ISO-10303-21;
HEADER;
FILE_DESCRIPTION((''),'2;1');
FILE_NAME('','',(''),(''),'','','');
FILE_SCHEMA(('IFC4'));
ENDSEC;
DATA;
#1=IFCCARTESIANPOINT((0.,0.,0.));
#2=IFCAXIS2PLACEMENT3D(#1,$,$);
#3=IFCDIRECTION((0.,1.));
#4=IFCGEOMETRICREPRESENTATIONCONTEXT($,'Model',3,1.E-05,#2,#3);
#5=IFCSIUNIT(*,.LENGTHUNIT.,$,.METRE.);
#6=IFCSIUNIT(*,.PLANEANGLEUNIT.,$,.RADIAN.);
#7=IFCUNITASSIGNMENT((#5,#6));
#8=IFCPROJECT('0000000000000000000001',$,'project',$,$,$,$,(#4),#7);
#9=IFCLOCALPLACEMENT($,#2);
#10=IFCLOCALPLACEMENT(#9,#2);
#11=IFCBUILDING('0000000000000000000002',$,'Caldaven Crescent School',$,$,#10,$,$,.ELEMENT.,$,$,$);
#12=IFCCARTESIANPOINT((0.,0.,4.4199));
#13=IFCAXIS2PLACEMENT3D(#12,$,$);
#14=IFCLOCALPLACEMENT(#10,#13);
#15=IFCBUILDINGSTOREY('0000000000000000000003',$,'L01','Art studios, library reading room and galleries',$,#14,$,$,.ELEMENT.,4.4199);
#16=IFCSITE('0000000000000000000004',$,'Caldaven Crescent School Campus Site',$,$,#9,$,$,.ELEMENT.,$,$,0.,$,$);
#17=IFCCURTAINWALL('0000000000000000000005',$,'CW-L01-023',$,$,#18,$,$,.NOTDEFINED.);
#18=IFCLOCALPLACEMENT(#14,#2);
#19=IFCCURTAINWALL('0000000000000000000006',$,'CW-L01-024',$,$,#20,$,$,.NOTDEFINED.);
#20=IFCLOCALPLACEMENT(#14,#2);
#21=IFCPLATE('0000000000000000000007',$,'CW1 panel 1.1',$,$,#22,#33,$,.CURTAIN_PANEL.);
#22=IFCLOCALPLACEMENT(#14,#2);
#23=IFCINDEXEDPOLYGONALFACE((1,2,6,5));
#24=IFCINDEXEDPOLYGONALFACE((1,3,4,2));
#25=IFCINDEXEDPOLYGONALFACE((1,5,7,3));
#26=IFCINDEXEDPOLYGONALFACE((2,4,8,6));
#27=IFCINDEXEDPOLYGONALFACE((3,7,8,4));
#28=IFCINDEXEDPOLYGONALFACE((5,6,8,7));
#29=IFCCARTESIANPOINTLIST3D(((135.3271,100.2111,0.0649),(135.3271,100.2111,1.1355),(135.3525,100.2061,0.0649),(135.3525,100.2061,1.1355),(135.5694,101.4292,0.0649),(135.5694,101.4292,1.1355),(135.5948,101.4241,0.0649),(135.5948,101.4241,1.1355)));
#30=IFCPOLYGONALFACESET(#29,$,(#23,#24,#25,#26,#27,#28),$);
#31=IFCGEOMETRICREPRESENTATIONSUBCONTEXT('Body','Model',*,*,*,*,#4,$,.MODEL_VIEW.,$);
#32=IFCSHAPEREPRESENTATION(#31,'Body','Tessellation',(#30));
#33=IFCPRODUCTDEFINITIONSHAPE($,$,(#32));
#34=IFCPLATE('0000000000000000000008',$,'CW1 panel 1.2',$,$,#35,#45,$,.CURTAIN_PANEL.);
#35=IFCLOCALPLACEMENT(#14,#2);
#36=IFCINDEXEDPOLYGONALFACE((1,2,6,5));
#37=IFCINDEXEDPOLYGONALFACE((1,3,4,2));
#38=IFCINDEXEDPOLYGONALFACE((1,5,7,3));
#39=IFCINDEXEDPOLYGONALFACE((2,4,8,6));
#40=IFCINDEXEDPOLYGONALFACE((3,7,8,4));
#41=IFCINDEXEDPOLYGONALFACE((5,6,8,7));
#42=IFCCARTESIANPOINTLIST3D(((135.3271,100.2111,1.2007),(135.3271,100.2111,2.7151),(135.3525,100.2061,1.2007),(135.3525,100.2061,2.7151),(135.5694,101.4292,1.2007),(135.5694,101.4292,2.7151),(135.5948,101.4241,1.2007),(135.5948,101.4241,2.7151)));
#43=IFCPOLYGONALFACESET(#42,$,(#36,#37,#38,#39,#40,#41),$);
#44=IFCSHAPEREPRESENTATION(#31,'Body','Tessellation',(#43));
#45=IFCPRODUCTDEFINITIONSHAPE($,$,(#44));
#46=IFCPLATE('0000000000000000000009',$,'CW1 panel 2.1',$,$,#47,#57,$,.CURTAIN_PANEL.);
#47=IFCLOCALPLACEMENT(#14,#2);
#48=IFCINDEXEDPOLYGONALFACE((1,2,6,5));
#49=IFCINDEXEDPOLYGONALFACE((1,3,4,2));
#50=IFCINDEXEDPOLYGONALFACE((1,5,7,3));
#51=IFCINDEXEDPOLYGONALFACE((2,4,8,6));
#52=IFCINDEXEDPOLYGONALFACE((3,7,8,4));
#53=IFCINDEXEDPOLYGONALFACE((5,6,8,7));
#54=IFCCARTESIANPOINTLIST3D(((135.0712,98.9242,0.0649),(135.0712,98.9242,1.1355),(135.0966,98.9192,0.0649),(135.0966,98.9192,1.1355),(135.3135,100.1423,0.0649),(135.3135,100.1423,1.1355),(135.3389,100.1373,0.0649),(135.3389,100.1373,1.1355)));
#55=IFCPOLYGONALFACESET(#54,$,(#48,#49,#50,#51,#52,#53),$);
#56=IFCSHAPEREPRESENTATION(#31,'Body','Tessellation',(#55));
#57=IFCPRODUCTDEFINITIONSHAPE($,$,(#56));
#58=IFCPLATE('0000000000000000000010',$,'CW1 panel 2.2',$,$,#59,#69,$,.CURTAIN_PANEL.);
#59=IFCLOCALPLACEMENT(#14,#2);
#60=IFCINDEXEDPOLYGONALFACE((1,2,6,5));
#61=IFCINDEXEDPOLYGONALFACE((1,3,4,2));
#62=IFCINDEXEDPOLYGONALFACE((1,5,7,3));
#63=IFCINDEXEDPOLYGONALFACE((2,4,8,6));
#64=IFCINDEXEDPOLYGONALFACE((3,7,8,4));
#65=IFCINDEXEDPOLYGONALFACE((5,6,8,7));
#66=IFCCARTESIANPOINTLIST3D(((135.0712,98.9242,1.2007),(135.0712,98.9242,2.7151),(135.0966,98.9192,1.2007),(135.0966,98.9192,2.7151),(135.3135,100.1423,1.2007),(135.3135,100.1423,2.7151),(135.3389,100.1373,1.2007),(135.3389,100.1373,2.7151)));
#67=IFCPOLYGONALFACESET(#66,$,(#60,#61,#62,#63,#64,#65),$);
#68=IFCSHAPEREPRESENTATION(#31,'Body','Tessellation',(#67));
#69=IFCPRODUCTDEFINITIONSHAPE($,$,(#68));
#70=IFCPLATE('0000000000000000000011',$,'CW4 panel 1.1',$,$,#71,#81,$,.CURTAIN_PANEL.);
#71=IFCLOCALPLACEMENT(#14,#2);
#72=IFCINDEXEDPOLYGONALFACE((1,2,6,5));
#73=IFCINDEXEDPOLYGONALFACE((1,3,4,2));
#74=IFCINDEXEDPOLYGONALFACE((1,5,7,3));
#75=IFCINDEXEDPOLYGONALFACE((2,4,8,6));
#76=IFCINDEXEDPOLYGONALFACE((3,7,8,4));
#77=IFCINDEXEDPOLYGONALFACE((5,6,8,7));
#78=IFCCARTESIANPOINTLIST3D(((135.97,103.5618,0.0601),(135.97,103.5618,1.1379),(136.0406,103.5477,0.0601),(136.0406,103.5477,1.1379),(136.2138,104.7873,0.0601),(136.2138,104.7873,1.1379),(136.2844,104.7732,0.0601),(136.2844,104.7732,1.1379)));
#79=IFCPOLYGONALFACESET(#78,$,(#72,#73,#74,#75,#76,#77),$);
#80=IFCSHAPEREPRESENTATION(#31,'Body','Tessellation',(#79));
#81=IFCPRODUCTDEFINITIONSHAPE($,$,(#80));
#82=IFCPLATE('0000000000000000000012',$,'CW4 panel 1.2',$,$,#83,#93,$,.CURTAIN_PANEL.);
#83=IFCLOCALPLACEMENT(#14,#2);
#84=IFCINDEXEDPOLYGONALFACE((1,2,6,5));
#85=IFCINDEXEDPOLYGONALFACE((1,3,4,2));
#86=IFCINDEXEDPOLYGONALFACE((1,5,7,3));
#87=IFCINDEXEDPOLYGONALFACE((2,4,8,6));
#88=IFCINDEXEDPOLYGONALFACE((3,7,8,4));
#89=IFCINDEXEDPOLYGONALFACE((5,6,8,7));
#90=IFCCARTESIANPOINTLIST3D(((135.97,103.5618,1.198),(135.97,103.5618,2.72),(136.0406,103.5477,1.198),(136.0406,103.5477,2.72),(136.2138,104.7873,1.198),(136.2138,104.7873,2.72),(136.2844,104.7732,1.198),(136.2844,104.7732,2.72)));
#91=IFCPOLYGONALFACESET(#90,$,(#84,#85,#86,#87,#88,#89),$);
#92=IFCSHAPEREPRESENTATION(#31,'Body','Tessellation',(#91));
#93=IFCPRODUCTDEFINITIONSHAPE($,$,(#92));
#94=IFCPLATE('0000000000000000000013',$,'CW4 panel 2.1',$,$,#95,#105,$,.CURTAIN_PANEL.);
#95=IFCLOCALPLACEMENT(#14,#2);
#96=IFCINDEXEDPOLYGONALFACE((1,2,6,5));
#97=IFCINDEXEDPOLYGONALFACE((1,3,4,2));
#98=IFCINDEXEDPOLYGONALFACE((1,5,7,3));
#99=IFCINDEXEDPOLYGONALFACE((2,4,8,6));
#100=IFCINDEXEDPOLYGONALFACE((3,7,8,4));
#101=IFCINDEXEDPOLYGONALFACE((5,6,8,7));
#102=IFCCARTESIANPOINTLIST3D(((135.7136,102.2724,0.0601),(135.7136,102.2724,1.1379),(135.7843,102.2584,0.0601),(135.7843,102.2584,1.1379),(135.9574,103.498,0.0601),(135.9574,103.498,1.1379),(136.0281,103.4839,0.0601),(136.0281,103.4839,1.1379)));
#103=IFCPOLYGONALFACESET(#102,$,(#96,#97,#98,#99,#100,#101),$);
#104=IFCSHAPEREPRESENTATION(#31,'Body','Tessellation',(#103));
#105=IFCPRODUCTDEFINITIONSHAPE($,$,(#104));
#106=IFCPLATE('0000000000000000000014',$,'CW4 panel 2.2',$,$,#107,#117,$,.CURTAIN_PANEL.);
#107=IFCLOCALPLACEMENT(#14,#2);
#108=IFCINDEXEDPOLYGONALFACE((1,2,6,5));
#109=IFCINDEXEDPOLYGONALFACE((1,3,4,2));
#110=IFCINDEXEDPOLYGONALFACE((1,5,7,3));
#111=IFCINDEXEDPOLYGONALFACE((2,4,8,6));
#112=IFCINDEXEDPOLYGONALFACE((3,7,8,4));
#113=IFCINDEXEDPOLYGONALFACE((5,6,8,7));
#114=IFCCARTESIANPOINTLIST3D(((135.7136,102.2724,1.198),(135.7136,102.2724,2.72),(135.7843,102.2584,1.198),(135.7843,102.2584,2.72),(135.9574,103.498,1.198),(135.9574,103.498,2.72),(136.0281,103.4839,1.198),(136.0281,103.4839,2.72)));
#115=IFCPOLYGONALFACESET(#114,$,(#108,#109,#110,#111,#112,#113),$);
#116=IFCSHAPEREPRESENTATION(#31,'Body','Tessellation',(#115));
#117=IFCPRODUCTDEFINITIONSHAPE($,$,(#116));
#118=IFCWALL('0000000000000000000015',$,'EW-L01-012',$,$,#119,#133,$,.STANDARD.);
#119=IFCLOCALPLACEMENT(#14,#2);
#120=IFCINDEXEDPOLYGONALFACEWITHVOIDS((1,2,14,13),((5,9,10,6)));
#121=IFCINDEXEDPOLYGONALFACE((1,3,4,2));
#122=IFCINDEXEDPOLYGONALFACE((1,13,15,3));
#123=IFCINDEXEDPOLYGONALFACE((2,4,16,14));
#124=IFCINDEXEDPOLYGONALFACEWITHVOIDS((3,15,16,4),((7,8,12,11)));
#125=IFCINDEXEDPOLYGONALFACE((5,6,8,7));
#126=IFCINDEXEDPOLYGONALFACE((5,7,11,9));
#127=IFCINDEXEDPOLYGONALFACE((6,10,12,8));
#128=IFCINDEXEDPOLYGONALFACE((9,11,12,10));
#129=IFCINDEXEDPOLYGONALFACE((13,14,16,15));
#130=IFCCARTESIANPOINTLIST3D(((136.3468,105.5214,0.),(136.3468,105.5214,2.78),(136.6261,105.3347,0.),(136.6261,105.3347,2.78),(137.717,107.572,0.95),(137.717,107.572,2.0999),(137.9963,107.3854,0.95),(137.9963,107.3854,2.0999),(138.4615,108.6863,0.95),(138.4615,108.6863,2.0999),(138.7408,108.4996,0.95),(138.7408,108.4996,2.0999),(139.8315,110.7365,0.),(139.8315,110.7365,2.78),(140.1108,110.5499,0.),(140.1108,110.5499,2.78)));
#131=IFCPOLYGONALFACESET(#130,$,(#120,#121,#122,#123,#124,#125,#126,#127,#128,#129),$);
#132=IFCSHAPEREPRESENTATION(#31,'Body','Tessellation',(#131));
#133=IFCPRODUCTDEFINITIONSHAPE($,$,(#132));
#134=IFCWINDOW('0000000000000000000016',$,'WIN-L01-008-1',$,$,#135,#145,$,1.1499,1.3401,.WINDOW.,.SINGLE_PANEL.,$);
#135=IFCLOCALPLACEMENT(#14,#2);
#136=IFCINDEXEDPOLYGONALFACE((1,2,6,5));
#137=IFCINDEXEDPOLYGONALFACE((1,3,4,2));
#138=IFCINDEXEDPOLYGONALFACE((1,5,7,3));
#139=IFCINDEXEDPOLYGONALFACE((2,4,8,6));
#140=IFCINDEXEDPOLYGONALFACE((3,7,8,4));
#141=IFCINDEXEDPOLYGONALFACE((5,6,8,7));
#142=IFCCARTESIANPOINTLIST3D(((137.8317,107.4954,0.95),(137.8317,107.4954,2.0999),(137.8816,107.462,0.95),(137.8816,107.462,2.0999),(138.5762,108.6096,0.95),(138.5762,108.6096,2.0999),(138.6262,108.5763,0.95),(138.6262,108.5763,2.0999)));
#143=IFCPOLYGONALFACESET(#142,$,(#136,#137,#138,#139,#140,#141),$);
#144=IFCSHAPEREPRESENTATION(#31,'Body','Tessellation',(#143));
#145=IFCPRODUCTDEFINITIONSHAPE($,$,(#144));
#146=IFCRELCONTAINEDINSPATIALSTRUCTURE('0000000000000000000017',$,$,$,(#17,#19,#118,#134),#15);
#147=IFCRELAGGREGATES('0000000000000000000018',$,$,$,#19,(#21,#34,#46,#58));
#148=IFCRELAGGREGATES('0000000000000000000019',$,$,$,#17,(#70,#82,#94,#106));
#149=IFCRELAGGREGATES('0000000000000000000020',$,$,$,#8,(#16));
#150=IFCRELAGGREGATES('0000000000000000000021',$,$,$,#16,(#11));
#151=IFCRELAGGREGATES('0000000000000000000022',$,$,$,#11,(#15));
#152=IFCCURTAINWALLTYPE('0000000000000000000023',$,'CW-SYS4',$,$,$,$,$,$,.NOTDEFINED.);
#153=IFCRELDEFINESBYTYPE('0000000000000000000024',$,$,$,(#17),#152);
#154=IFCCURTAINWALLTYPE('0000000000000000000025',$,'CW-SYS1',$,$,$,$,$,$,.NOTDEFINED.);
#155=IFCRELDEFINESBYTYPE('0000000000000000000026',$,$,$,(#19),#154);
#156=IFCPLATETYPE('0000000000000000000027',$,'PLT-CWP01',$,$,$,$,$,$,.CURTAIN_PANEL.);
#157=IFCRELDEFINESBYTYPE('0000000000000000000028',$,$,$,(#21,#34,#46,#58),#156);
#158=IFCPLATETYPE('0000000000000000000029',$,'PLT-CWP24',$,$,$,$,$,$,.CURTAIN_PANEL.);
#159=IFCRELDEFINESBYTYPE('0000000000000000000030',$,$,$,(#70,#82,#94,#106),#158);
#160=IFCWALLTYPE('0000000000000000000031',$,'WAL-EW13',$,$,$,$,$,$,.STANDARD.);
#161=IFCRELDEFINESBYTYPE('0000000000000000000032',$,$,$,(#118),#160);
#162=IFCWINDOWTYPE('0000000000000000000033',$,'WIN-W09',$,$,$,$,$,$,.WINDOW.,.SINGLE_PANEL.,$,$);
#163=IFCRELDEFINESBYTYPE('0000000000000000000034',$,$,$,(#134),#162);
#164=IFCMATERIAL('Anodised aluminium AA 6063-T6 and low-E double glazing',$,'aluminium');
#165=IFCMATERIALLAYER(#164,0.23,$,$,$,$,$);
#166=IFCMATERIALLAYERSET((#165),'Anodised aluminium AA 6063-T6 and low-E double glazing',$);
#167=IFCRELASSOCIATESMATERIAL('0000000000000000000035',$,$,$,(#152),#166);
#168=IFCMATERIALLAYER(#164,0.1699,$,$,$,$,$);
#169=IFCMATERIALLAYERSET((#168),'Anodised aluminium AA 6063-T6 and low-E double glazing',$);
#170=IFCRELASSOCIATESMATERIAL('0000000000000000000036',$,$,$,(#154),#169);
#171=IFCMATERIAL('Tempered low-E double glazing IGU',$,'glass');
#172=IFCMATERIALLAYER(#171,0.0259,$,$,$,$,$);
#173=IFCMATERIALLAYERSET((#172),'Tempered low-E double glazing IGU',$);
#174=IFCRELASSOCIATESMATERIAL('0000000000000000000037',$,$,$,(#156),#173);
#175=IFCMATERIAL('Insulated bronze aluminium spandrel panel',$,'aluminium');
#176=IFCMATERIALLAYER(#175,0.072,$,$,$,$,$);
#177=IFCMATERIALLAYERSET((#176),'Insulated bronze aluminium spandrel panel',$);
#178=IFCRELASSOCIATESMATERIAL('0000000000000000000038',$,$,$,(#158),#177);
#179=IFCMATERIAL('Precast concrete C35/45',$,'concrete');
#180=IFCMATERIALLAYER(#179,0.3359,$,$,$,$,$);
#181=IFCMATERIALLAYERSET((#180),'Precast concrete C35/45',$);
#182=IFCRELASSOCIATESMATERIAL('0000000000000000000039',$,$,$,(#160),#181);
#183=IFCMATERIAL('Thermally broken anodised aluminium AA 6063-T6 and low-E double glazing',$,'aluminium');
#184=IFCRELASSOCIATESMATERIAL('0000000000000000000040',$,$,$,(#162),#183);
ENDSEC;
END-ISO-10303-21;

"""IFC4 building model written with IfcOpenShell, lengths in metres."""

from ifc_helpers import new_model, si_unit, direction, frame, frame_2d, origin, origin_2d, place, context, subcontext, project, spatial, rectangle, extrude, material, layer, layer_set, type_object, element, fill, aggregate, save


model = new_model("IFC4")

# Units and contexts
model_context = context("Model", 3, precision=1e-05, world=origin(), true_north=direction((0.0, 1.0)))
body_context = subcontext(model_context, "Body", "Model", "MODEL_VIEW")
ifc_project = project(units=[si_unit("LENGTHUNIT", "METRE"), si_unit("PLANEANGLEUNIT", "RADIAN")], contexts=[model_context])

# Site, building, storey
site_placement = place(None, origin())
site = spatial("IfcSite", under=ifc_project, at=site_placement, Name="Caldaven Crescent School Campus Site", CompositionType="ELEMENT", RefElevation=0.0)
building_placement = place(site_placement, origin())
building = spatial("IfcBuilding", under=site, at=building_placement, Name="Caldaven Crescent School", CompositionType="ELEMENT")
storey_placement = place(building_placement, frame((0.0, 0.0, 4.4199)))
storey = spatial("IfcBuildingStorey", under=building, at=storey_placement, Name="L01", Description="Art studios, library reading room and galleries", CompositionType="ELEMENT", Elevation=4.4199)

# Shared definitions
ifc_material_1 = material(Name="Anodised aluminium AA 6063-T6 and low-E double glazing", Category="aluminium")

# Curtain walls
ifc_layer_1 = layer(ifc_material_1, 0.23)
ifc_layer_set_1 = layer_set([ifc_layer_1], Name="Anodised aluminium AA 6063-T6 and low-E double glazing")
curtain_wall_type_1 = type_object("IfcCurtainWallType", Name="CW-SYS4", PredefinedType="NOTDEFINED", material=ifc_layer_set_1)
curtain_wall_1_placement = place(storey_placement, origin())
curtain_wall_1 = element("IfcCurtainWall", 1, at=curtain_wall_1_placement, inside=storey, type_object=curtain_wall_type_1, Name="CW-L01-023", PredefinedType="NOTDEFINED")
ifc_layer_2 = layer(ifc_material_1, 0.1699)
ifc_layer_set_2 = layer_set([ifc_layer_2], Name="Anodised aluminium AA 6063-T6 and low-E double glazing")
curtain_wall_type_2 = type_object("IfcCurtainWallType", Name="CW-SYS1", PredefinedType="NOTDEFINED", material=ifc_layer_set_2)
curtain_wall_2_placement = place(storey_placement, origin())
curtain_wall_2 = element("IfcCurtainWall", 2, at=curtain_wall_2_placement, inside=storey, type_object=curtain_wall_type_2, Name="CW-L01-024", PredefinedType="NOTDEFINED")

# Plates
ifc_material_2 = material(Name="Tempered low-E double glazing IGU", Category="glass")
ifc_layer_3 = layer(ifc_material_2, 0.0259)
ifc_layer_set_3 = layer_set([ifc_layer_3], Name="Tempered low-E double glazing IGU")
plate_type_1 = type_object("IfcPlateType", Name="PLT-CWP01", PredefinedType="CURTAIN_PANEL", material=ifc_layer_set_3)
plate_1_placement = place(storey_placement, frame((135.4609, 100.8176, 0.0649), z_axis=(0.0, 0.0, 1.0), x_axis=(-0.19509, -0.980785, 0.0)))
plate_1 = element("IfcPlate", 3, at=plate_1_placement, type_object=plate_type_1, Name="CW1 panel 1.1", PredefinedType="CURTAIN_PANEL", context=body_context, shape_type="SweptSolid", body=[
    extrude(rectangle(XDim=1.2419, YDim=0.0259, at=origin_2d()), origin(), (0.0, 0.0, 1.0), 1.0706),
])
plate_2_placement = place(storey_placement, frame((135.4609, 100.8176, 1.2007), z_axis=(0.0, 0.0, 1.0), x_axis=(-0.19509, -0.980785, 0.0)))
plate_2 = element("IfcPlate", 4, at=plate_2_placement, type_object=plate_type_1, Name="CW1 panel 1.2", PredefinedType="CURTAIN_PANEL", context=body_context, shape_type="SweptSolid", body=[
    extrude(rectangle(XDim=1.2419, YDim=0.0259, at=origin_2d()), origin(), (0.0, 0.0, 1.0), 1.5144),
])
plate_3_placement = place(storey_placement, frame((135.2051, 99.5308, 0.0649), z_axis=(0.0, 0.0, 1.0), x_axis=(-0.19509, -0.980785, 0.0)))
plate_3 = element("IfcPlate", 5, at=plate_3_placement, type_object=plate_type_1, Name="CW1 panel 2.1", PredefinedType="CURTAIN_PANEL", context=body_context, shape_type="SweptSolid", body=[
    extrude(rectangle(XDim=1.2419, YDim=0.0259, at=origin_2d()), origin(), (0.0, 0.0, 1.0), 1.0706),
])
plate_4_placement = place(storey_placement, frame((135.2051, 99.5308, 1.2007), z_axis=(0.0, 0.0, 1.0), x_axis=(-0.19509, -0.980785, 0.0)))
plate_4 = element("IfcPlate", 6, at=plate_4_placement, type_object=plate_type_1, Name="CW1 panel 2.2", PredefinedType="CURTAIN_PANEL", context=body_context, shape_type="SweptSolid", body=[
    extrude(rectangle(XDim=1.2419, YDim=0.0259, at=origin_2d()), origin(), (0.0, 0.0, 1.0), 1.5144),
])
aggregate(curtain_wall_2, [plate_1, plate_2, plate_3, plate_4])
ifc_material_3 = material(Name="Insulated bronze aluminium spandrel panel", Category="aluminium")
ifc_layer_4 = layer(ifc_material_3, 0.072)
ifc_layer_set_4 = layer_set([ifc_layer_4], Name="Insulated bronze aluminium spandrel panel")
plate_type_2 = type_object("IfcPlateType", Name="PLT-CWP24", PredefinedType="CURTAIN_PANEL", material=ifc_layer_set_4)
plate_5_placement = place(storey_placement, frame((136.1272, 104.1675, 0.0601), z_axis=(0.0, 0.0, 1.0), x_axis=(-0.19509, -0.980785, 0.0)))
plate_5 = element("IfcPlate", 7, at=plate_5_placement, type_object=plate_type_2, Name="CW4 panel 1.1", PredefinedType="CURTAIN_PANEL", context=body_context, shape_type="SweptSolid", body=[
    extrude(rectangle(XDim=1.2495, YDim=0.072, at=origin_2d()), origin(), (0.0, 0.0, 1.0), 1.0779),
])
plate_6_placement = place(storey_placement, frame((136.1272, 104.1675, 1.198), z_axis=(0.0, 0.0, 1.0), x_axis=(-0.19509, -0.980785, 0.0)))
plate_6 = element("IfcPlate", 8, at=plate_6_placement, type_object=plate_type_2, Name="CW4 panel 1.2", PredefinedType="CURTAIN_PANEL", context=body_context, shape_type="SweptSolid", body=[
    extrude(rectangle(XDim=1.2495, YDim=0.072, at=origin_2d()), origin(), (0.0, 0.0, 1.0), 1.522),
])
plate_7_placement = place(storey_placement, frame((135.8708, 102.8782, 0.0601), z_axis=(0.0, 0.0, 1.0), x_axis=(-0.19509, -0.980785, 0.0)))
plate_7 = element("IfcPlate", 9, at=plate_7_placement, type_object=plate_type_2, Name="CW4 panel 2.1", PredefinedType="CURTAIN_PANEL", context=body_context, shape_type="SweptSolid", body=[
    extrude(rectangle(XDim=1.2495, YDim=0.072, at=origin_2d()), origin(), (0.0, 0.0, 1.0), 1.0779),
])
plate_8_placement = place(storey_placement, frame((135.8708, 102.8782, 1.198), z_axis=(0.0, 0.0, 1.0), x_axis=(-0.19509, -0.980785, 0.0)))
plate_8 = element("IfcPlate", 10, at=plate_8_placement, type_object=plate_type_2, Name="CW4 panel 2.2", PredefinedType="CURTAIN_PANEL", context=body_context, shape_type="SweptSolid", body=[
    extrude(rectangle(XDim=1.2495, YDim=0.072, at=origin_2d()), origin(), (0.0, 0.0, 1.0), 1.522),
])
aggregate(curtain_wall_1, [plate_5, plate_6, plate_7, plate_8])

# Wall, opening, window
ifc_material_4 = material(Name="Precast concrete C35/45", Category="concrete")
ifc_layer_5 = layer(ifc_material_4, 0.3359)
ifc_layer_set_5 = layer_set([ifc_layer_5], Name="Precast concrete C35/45")
wall_type = type_object("IfcWallType", Name="WAL-EW13", PredefinedType="STANDARD", material=ifc_layer_set_5)
wall_placement = place(storey_placement, frame((139.9712, 110.6433, 0.0), z_axis=(0.0, 0.0, 1.0), x_axis=(-0.555571, -0.831469, 0.0)))
wall = element("IfcWall", 11, at=wall_placement, inside=storey, type_object=wall_type, Name="EW-L01-012", PredefinedType="STANDARD", context=body_context, shape_type="SweptSolid", body=[
    extrude(rectangle(XDim=6.2722, YDim=0.3359, at=frame_2d((3.1362, 0.0))), origin(), (0.0, 0.0, 1.0), 2.78),
])
opening_placement = place(wall_placement, frame((2.4661, 0.0, 0.95)))
opening = element("IfcOpeningElement", 12, at=opening_placement, cuts=wall, PredefinedType="OPENING", context=body_context, shape_type="SweptSolid", body=[
    extrude(rectangle(XDim=1.3401, YDim=1.1499, at=frame_2d((0.6699, 0.575))), frame((0.0, 0.178, 0.0), z_axis=(0.0, -1.0, 0.0), x_axis=(1.0, 0.0, 0.0)), (0.0, 0.0, 1.0), 0.356),
])
ifc_material_5 = material(Name="Thermally broken anodised aluminium AA 6063-T6 and low-E double glazing", Category="aluminium")
window_type = type_object("IfcWindowType", Name="WIN-W09", PartitioningType="SINGLE_PANEL", PredefinedType="WINDOW", material=ifc_material_5)
window_placement = place(opening_placement, origin())
window = element("IfcWindow", 13, at=window_placement, inside=storey, type_object=window_type, Name="WIN-L01-008-1", OverallHeight=1.1499, OverallWidth=1.3401, PartitioningType="SINGLE_PANEL", PredefinedType="WINDOW", context=body_context, shape_type="SweptSolid", body=[
    extrude(rectangle(XDim=1.3401, YDim=1.1499, at=frame_2d((0.6699, 0.575))), frame((0.0, 0.03, 0.0), z_axis=(0.0, -1.0, 0.0), x_axis=(1.0, 0.0, 0.0)), (0.0, 0.0, 1.0), 0.0601),
])
fill(opening, window)

save(model, "model.ifc")
